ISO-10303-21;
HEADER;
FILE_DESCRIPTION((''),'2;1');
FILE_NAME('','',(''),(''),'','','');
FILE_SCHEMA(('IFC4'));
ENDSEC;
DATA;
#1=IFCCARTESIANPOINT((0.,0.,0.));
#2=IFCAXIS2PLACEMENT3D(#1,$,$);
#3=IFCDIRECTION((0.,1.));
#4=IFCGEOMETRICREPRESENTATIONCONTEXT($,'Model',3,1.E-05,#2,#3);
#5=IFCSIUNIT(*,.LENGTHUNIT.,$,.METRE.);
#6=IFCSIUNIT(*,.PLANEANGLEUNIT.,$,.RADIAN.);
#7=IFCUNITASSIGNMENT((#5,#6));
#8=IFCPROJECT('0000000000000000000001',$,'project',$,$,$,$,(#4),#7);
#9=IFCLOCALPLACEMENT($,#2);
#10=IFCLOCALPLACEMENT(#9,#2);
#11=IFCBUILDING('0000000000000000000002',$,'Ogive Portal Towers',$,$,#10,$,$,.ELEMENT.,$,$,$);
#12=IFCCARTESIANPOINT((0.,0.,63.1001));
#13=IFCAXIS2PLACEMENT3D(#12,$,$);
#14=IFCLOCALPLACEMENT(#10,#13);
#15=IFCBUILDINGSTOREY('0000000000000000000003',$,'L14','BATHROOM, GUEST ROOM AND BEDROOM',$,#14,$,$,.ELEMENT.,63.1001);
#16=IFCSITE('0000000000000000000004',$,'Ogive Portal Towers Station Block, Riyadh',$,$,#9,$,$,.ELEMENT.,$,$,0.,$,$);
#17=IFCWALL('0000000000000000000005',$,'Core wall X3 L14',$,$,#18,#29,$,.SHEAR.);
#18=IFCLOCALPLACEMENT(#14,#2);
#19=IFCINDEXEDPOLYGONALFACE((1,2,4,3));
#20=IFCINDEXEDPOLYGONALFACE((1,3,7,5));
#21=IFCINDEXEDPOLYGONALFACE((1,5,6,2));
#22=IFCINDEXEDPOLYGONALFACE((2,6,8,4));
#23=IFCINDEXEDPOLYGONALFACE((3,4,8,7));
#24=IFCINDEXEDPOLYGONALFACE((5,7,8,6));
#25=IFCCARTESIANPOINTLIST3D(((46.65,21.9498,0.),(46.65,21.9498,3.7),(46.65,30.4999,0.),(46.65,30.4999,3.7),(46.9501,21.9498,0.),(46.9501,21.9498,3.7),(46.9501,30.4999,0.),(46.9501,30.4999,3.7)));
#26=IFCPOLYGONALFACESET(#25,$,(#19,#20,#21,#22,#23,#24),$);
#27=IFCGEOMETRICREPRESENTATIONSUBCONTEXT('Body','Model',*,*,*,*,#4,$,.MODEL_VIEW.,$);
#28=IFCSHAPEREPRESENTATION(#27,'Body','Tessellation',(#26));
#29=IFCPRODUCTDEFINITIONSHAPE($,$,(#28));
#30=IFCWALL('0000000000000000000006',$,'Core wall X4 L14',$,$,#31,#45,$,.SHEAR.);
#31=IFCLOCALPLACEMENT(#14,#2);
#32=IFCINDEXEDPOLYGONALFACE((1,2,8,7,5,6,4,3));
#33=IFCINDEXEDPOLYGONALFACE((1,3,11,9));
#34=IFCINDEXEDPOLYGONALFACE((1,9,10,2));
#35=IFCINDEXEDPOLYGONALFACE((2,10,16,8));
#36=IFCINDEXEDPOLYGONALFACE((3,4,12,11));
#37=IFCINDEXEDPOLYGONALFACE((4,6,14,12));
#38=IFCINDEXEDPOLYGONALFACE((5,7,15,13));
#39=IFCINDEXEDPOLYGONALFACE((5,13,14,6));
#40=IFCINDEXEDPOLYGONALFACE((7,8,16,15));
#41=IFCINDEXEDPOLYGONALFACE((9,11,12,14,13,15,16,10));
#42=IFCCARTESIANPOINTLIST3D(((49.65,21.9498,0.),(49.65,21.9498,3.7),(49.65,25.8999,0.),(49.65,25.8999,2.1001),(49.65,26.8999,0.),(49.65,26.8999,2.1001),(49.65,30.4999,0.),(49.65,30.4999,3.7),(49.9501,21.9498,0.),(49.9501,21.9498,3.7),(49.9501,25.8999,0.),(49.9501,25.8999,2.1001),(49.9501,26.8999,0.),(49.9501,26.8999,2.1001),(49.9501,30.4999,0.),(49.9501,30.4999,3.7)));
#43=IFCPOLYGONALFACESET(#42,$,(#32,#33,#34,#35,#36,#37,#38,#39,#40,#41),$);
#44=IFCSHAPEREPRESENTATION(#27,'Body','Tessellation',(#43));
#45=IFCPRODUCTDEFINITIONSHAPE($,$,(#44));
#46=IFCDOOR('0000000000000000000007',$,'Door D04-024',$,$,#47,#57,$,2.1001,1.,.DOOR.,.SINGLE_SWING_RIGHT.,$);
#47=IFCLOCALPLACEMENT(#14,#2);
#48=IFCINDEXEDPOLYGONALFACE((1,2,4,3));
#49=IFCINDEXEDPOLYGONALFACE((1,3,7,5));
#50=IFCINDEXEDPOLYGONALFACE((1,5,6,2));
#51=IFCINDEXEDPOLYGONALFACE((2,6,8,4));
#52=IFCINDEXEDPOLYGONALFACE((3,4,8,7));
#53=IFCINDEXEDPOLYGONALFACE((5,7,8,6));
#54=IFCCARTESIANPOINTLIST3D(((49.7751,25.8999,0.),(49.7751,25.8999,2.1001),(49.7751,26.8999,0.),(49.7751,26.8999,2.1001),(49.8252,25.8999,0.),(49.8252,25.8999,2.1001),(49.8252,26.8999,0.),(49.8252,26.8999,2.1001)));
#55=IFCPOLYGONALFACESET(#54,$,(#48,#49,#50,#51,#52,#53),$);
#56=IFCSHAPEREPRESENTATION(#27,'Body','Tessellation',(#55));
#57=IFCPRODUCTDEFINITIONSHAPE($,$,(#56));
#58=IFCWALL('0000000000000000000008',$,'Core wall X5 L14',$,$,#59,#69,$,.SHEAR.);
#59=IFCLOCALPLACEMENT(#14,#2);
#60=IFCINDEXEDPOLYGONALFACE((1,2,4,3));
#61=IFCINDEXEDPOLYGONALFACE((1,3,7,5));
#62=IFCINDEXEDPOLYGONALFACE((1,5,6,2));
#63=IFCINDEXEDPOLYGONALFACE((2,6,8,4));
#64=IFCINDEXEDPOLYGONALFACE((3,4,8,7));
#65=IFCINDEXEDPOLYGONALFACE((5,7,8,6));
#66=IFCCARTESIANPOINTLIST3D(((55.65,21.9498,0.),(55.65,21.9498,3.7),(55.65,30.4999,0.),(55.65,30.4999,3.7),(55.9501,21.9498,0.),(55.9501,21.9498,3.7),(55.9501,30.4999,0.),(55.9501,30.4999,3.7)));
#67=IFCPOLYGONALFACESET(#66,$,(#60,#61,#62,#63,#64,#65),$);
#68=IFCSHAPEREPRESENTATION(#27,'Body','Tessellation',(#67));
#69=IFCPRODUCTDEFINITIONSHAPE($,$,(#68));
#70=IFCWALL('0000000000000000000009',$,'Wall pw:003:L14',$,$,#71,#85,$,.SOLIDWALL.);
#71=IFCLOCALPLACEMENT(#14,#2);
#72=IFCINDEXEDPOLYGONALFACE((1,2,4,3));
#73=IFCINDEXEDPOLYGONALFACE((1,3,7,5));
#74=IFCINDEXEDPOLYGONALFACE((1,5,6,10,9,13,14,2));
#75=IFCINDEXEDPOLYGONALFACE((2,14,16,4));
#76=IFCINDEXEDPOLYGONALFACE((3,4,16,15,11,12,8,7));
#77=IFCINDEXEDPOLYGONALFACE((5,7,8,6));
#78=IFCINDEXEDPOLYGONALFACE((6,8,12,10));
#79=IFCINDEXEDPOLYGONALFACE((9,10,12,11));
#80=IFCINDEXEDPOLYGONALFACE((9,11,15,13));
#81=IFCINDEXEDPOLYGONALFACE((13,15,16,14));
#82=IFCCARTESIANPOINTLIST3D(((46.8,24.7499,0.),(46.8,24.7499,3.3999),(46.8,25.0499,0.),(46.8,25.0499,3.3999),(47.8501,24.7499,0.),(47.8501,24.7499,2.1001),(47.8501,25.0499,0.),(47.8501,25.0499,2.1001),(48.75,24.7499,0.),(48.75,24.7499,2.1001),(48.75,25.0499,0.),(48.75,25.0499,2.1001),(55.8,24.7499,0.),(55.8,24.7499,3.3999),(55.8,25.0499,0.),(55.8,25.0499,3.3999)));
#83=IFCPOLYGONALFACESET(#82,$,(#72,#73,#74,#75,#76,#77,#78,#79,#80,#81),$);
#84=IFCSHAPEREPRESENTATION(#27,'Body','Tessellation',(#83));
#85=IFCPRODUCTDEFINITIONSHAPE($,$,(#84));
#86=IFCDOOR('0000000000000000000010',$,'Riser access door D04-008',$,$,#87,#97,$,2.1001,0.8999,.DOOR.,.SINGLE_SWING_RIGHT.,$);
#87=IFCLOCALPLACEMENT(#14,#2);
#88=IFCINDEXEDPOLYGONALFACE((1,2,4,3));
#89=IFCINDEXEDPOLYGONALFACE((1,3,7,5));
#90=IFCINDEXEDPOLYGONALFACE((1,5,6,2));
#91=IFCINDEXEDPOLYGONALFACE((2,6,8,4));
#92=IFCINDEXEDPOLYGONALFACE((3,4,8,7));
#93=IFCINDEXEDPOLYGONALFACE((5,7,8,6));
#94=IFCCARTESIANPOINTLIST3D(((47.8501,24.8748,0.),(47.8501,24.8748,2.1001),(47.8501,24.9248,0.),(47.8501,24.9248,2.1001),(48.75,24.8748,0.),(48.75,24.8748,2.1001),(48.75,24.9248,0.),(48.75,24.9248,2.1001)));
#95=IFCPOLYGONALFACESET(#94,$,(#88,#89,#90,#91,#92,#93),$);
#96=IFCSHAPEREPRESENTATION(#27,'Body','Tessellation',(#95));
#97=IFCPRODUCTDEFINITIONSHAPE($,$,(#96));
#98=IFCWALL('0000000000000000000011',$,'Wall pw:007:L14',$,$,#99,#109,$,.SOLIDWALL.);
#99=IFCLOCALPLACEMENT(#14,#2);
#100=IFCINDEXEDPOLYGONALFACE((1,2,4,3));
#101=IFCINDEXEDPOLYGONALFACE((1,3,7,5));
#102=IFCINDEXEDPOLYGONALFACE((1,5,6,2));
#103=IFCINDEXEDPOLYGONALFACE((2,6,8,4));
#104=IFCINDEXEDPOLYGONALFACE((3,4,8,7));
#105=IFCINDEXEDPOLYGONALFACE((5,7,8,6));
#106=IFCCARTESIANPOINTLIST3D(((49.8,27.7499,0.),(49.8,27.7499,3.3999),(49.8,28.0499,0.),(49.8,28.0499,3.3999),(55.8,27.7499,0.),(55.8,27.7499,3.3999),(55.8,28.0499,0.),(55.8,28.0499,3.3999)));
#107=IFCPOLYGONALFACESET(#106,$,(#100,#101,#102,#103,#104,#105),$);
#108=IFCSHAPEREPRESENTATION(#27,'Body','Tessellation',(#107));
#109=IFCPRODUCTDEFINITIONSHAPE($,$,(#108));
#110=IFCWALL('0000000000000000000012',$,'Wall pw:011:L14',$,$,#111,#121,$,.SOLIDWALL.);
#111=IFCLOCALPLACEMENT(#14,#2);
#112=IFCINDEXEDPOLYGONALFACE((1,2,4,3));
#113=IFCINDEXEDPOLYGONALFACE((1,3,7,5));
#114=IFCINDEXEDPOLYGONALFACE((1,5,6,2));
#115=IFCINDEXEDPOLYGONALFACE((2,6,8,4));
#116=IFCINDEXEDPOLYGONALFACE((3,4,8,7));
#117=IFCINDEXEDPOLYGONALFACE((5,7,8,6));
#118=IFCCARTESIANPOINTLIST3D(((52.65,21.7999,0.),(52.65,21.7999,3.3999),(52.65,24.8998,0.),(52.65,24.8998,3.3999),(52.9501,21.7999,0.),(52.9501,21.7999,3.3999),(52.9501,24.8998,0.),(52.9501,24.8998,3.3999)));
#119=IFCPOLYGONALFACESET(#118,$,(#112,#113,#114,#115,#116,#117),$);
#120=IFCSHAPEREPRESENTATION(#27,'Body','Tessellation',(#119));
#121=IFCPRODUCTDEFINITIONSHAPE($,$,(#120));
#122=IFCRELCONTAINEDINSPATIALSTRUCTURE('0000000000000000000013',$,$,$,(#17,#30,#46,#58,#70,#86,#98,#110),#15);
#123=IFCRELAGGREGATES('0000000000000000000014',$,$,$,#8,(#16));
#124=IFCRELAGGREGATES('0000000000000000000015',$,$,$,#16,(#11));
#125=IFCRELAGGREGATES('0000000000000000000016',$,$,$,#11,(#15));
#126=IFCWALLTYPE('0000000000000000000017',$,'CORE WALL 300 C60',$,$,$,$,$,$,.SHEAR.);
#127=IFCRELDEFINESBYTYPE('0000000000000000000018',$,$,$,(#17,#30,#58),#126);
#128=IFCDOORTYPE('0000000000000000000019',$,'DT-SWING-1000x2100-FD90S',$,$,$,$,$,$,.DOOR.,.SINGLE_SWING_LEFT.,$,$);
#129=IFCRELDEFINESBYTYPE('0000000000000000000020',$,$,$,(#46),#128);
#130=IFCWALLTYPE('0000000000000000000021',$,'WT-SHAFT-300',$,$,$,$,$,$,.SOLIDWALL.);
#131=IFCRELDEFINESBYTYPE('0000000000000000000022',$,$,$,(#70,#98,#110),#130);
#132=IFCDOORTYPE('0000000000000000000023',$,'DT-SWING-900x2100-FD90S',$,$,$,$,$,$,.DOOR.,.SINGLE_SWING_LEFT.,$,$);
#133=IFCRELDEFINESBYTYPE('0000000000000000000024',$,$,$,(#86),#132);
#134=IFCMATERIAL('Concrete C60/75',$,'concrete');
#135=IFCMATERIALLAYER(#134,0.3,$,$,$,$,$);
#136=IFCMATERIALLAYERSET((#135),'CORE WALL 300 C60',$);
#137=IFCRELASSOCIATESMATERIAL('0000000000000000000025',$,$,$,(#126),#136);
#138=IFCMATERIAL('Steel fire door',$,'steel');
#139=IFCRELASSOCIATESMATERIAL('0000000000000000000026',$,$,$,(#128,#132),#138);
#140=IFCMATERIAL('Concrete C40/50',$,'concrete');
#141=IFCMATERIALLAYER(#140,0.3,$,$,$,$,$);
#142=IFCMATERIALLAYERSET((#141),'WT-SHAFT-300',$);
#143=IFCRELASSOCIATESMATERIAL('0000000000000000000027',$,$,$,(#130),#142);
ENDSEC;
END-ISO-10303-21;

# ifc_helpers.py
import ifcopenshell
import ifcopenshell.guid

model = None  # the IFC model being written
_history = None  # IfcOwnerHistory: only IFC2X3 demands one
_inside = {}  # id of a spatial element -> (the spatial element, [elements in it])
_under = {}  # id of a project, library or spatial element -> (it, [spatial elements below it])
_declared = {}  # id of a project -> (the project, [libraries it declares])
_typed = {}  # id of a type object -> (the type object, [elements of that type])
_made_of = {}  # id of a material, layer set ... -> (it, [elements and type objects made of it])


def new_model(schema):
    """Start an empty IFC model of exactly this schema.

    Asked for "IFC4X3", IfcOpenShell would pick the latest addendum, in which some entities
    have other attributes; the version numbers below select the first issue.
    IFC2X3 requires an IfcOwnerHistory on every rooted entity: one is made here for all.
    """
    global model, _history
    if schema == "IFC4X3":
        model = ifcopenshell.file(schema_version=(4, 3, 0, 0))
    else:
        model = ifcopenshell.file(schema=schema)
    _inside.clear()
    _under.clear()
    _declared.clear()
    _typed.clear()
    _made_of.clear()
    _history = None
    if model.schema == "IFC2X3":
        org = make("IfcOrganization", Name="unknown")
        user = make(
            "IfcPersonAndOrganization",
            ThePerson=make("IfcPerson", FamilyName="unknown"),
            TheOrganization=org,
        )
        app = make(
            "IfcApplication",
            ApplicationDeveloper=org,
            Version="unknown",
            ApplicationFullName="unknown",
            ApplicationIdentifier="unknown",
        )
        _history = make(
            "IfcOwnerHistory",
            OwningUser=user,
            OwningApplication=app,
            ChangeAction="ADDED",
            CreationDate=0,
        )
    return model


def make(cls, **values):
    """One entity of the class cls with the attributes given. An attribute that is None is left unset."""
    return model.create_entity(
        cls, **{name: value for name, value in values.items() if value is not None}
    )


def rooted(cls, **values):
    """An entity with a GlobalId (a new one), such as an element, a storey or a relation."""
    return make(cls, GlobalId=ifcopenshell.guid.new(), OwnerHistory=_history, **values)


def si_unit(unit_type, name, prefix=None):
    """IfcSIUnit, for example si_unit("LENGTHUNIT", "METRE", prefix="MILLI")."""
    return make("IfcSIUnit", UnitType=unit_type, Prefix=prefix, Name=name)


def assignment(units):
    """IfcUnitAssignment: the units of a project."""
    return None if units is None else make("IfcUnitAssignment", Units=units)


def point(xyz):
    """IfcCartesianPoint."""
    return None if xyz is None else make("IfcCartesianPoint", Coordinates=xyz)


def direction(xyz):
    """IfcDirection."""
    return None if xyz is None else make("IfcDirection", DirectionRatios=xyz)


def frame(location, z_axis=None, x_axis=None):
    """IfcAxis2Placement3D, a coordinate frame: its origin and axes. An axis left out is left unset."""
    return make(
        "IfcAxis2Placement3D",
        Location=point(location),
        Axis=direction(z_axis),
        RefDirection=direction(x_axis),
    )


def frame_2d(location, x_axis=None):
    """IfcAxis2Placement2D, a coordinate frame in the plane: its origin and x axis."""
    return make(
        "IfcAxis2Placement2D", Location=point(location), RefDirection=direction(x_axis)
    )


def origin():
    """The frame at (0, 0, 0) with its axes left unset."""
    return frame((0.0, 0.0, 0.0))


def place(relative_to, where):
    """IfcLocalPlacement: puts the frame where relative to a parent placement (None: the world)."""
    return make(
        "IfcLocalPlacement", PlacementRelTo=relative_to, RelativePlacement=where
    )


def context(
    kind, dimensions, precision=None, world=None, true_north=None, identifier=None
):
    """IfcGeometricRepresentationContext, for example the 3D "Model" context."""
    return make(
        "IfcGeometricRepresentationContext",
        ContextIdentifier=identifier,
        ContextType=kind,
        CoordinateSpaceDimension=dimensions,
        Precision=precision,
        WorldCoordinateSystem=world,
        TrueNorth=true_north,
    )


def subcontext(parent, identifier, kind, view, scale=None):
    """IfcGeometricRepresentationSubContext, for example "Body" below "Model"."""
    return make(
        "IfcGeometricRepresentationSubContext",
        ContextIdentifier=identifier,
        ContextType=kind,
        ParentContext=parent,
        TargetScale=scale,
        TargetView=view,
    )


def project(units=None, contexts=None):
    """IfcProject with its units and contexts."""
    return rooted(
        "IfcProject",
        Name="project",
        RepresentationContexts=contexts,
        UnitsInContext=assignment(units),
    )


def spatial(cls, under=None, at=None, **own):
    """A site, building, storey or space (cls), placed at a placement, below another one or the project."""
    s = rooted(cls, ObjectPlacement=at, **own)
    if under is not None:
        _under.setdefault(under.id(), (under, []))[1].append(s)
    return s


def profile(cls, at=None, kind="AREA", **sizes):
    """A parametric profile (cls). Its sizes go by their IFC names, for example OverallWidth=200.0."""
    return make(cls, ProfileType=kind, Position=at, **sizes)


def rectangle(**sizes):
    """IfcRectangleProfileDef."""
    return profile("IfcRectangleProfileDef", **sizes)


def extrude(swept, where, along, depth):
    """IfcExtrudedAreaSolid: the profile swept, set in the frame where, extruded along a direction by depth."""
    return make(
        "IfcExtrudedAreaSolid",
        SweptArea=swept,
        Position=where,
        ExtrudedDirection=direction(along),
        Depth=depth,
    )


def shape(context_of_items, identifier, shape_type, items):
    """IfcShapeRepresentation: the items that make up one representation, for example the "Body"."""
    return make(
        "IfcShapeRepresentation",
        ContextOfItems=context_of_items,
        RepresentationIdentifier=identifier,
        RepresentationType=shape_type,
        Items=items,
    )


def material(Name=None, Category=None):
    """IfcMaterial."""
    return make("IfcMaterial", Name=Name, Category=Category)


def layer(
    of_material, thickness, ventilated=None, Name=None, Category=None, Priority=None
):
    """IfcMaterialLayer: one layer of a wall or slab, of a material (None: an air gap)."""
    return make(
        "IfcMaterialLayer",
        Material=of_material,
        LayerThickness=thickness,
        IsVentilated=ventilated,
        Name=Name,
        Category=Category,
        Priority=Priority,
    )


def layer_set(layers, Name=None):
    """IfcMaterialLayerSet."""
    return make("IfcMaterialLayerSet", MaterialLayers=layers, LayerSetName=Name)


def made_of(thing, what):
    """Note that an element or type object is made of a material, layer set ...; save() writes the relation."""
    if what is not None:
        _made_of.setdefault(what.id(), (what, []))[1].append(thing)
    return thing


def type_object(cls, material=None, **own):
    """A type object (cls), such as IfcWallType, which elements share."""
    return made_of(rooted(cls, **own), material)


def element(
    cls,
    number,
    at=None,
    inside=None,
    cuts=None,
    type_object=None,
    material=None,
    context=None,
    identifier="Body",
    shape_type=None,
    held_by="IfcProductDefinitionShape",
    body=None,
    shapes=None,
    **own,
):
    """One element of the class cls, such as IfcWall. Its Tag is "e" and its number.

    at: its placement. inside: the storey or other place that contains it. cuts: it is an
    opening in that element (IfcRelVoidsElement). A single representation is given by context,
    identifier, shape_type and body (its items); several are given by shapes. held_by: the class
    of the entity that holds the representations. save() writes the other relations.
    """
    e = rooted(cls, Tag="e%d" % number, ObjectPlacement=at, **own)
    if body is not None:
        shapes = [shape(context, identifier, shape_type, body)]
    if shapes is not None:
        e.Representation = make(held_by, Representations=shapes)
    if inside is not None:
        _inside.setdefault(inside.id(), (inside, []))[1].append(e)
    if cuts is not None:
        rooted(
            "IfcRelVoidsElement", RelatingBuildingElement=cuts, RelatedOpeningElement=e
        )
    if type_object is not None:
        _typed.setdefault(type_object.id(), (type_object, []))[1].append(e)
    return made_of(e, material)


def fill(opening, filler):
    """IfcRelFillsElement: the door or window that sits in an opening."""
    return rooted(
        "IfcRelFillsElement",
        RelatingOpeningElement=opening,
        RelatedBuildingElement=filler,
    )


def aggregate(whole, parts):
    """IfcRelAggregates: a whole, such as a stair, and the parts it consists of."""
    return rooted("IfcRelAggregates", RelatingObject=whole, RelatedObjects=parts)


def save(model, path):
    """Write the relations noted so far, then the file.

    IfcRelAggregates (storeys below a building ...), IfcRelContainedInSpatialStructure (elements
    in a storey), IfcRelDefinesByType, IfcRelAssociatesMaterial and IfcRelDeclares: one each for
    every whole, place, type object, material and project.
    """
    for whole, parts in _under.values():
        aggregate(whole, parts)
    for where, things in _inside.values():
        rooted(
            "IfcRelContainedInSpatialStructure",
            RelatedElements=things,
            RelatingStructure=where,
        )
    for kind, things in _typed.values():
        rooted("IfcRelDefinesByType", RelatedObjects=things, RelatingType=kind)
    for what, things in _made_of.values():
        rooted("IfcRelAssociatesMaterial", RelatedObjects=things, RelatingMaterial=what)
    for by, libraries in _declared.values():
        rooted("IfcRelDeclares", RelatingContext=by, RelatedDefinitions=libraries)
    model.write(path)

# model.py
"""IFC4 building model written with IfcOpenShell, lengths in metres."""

from ifc_helpers import new_model, si_unit, direction, frame, frame_2d, origin, place, context, subcontext, project, spatial, rectangle, extrude, material, layer, layer_set, type_object, element, fill, save


model = new_model("IFC4")

# Units and contexts
model_context = context("Model", 3, precision=1e-05, world=origin(), true_north=direction((0.0, 1.0)))
body_context = subcontext(model_context, "Body", "Model", "MODEL_VIEW")
ifc_project = project(units=[si_unit("LENGTHUNIT", "METRE"), si_unit("PLANEANGLEUNIT", "RADIAN")], contexts=[model_context])

# Site, building, storey
site_placement = place(None, origin())
site = spatial("IfcSite", under=ifc_project, at=site_placement, Name="Ogive Portal Towers Station Block, Riyadh", CompositionType="ELEMENT", RefElevation=0.0)
building_placement = place(site_placement, origin())
building = spatial("IfcBuilding", under=site, at=building_placement, Name="Ogive Portal Towers", CompositionType="ELEMENT")
storey_placement = place(building_placement, frame((0.0, 0.0, 63.1001)))
storey = spatial("IfcBuildingStorey", under=building, at=storey_placement, Name="L14", Description="BATHROOM, GUEST ROOM AND BEDROOM", CompositionType="ELEMENT", Elevation=63.1001)

# Wall
ifc_material_1 = material(Name="Concrete C60/75", Category="concrete")
ifc_layer_1 = layer(ifc_material_1, 0.3)
ifc_layer_set_1 = layer_set([ifc_layer_1], Name="CORE WALL 300 C60")
wall_type_1 = type_object("IfcWallType", Name="CORE WALL 300 C60", PredefinedType="SHEAR", material=ifc_layer_set_1)
wall_1_placement = place(storey_placement, frame((46.8, 21.95, 0.0), z_axis=(0.0, 0.0, 1.0), x_axis=(0.0, 1.0, 0.0)))
element("IfcWall", 1, at=wall_1_placement, inside=storey, type_object=wall_type_1, Name="Core wall X3 L14", PredefinedType="SHEAR", context=body_context, shape_type="SweptSolid", body=[
    extrude(rectangle(XDim=8.55, YDim=0.3, at=frame_2d((4.2749, 0.0))), origin(), (0.0, 0.0, 1.0), 3.7),
])

# Wall, opening, door
wall_2_placement = place(storey_placement, frame((49.8, 21.95, 0.0), z_axis=(0.0, 0.0, 1.0), x_axis=(0.0, 1.0, 0.0)))
wall_2 = element("IfcWall", 2, at=wall_2_placement, inside=storey, type_object=wall_type_1, Name="Core wall X4 L14", PredefinedType="SHEAR", context=body_context, shape_type="SweptSolid", body=[
    extrude(rectangle(XDim=8.55, YDim=0.3, at=frame_2d((4.2749, 0.0))), origin(), (0.0, 0.0, 1.0), 3.7),
])
opening_1_placement = place(wall_2_placement, frame((3.95, 0.0, 0.0)))
opening_1 = element("IfcOpeningElement", 3, at=opening_1_placement, cuts=wall_2, PredefinedType="OPENING", context=body_context, shape_type="SweptSolid", body=[
    extrude(rectangle(XDim=1.0, YDim=2.1001, at=frame_2d((0.5, 1.05))), frame((0.0, 0.1602, 0.0), z_axis=(0.0, -1.0, 0.0), x_axis=(1.0, 0.0, 0.0)), (0.0, 0.0, 1.0), 0.3201),
])
ifc_material_2 = material(Name="Steel fire door", Category="steel")
door_type_1 = type_object("IfcDoorType", Name="DT-SWING-1000x2100-FD90S", OperationType="SINGLE_SWING_LEFT", PredefinedType="DOOR", material=ifc_material_2)
door_1_placement = place(opening_1_placement, origin())
door_1 = element("IfcDoor", 4, at=door_1_placement, inside=storey, type_object=door_type_1, Name="Door D04-024", OperationType="SINGLE_SWING_RIGHT", OverallHeight=2.1001, OverallWidth=1.0, PredefinedType="DOOR", context=body_context, shape_type="SweptSolid", body=[
    extrude(rectangle(XDim=1.0, YDim=2.1001, at=frame_2d((0.5, 1.05))), frame((0.0, 0.0249, 0.0), z_axis=(0.0, -1.0, 0.0), x_axis=(1.0, 0.0, 0.0)), (0.0, 0.0, 1.0), 0.05),
])
fill(opening_1, door_1)

# Wall
wall_3_placement = place(storey_placement, frame((55.8, 21.95, 0.0), z_axis=(0.0, 0.0, 1.0), x_axis=(0.0, 1.0, 0.0)))
element("IfcWall", 5, at=wall_3_placement, inside=storey, type_object=wall_type_1, Name="Core wall X5 L14", PredefinedType="SHEAR", context=body_context, shape_type="SweptSolid", body=[
    extrude(rectangle(XDim=8.55, YDim=0.3, at=frame_2d((4.2749, 0.0))), origin(), (0.0, 0.0, 1.0), 3.7),
])

# Wall, opening, door
ifc_material_3 = material(Name="Concrete C40/50", Category="concrete")
ifc_layer_2 = layer(ifc_material_3, 0.3)
ifc_layer_set_2 = layer_set([ifc_layer_2], Name="WT-SHAFT-300")
wall_type_2 = type_object("IfcWallType", Name="WT-SHAFT-300", PredefinedType="SOLIDWALL", material=ifc_layer_set_2)
wall_4_placement = place(storey_placement, frame((46.8, 24.8999, 0.0), z_axis=(0.0, 0.0, 1.0), x_axis=(1.0, 0.0, 0.0)))
wall_4 = element("IfcWall", 6, at=wall_4_placement, inside=storey, type_object=wall_type_2, Name="Wall pw:003:L14", PredefinedType="SOLIDWALL", context=body_context, shape_type="SweptSolid", body=[
    extrude(rectangle(XDim=9.0, YDim=0.3, at=frame_2d((4.5, 0.0))), origin(), (0.0, 0.0, 1.0), 3.3999),
])
opening_2_placement = place(wall_4_placement, frame((1.05, 0.0, 0.0)))
opening_2 = element("IfcOpeningElement", 7, at=opening_2_placement, cuts=wall_4, PredefinedType="OPENING", context=body_context, shape_type="SweptSolid", body=[
    extrude(rectangle(XDim=0.8999, YDim=2.1001, at=frame_2d((0.45, 1.05))), frame((0.0, 0.1602, 0.0), z_axis=(0.0, -1.0, 0.0), x_axis=(1.0, 0.0, 0.0)), (0.0, 0.0, 1.0), 0.3201),
])
door_type_2 = type_object("IfcDoorType", Name="DT-SWING-900x2100-FD90S", OperationType="SINGLE_SWING_LEFT", PredefinedType="DOOR", material=ifc_material_2)
door_2_placement = place(opening_2_placement, origin())
door_2 = element("IfcDoor", 8, at=door_2_placement, inside=storey, type_object=door_type_2, Name="Riser access door D04-008", OperationType="SINGLE_SWING_RIGHT", OverallHeight=2.1001, OverallWidth=0.8999, PredefinedType="DOOR", context=body_context, shape_type="SweptSolid", body=[
    extrude(rectangle(XDim=0.8999, YDim=2.1001, at=frame_2d((0.45, 1.05))), frame((0.0, 0.0249, 0.0), z_axis=(0.0, -1.0, 0.0), x_axis=(1.0, 0.0, 0.0)), (0.0, 0.0, 1.0), 0.05),
])
fill(opening_2, door_2)

# Walls
wall_5_placement = place(storey_placement, frame((49.8, 27.8999, 0.0), z_axis=(0.0, 0.0, 1.0), x_axis=(1.0, 0.0, 0.0)))
element("IfcWall", 9, at=wall_5_placement, inside=storey, type_object=wall_type_2, Name="Wall pw:007:L14", PredefinedType="SOLIDWALL", context=body_context, shape_type="SweptSolid", body=[
    extrude(rectangle(XDim=6.0, YDim=0.3, at=frame_2d((3.0, 0.0))), origin(), (0.0, 0.0, 1.0), 3.3999),
])
wall_6_placement = place(storey_placement, frame((52.8, 21.8, 0.0), z_axis=(0.0, 0.0, 1.0), x_axis=(0.0, 1.0, 0.0)))
element("IfcWall", 10, at=wall_6_placement, inside=storey, type_object=wall_type_2, Name="Wall pw:011:L14", PredefinedType="SOLIDWALL", context=body_context, shape_type="SweptSolid", body=[
    extrude(rectangle(XDim=3.0999, YDim=0.3, at=frame_2d((1.5498, 0.0))), origin(), (0.0, 0.0, 1.0), 3.3999),
])

save(model, "model.ifc")
